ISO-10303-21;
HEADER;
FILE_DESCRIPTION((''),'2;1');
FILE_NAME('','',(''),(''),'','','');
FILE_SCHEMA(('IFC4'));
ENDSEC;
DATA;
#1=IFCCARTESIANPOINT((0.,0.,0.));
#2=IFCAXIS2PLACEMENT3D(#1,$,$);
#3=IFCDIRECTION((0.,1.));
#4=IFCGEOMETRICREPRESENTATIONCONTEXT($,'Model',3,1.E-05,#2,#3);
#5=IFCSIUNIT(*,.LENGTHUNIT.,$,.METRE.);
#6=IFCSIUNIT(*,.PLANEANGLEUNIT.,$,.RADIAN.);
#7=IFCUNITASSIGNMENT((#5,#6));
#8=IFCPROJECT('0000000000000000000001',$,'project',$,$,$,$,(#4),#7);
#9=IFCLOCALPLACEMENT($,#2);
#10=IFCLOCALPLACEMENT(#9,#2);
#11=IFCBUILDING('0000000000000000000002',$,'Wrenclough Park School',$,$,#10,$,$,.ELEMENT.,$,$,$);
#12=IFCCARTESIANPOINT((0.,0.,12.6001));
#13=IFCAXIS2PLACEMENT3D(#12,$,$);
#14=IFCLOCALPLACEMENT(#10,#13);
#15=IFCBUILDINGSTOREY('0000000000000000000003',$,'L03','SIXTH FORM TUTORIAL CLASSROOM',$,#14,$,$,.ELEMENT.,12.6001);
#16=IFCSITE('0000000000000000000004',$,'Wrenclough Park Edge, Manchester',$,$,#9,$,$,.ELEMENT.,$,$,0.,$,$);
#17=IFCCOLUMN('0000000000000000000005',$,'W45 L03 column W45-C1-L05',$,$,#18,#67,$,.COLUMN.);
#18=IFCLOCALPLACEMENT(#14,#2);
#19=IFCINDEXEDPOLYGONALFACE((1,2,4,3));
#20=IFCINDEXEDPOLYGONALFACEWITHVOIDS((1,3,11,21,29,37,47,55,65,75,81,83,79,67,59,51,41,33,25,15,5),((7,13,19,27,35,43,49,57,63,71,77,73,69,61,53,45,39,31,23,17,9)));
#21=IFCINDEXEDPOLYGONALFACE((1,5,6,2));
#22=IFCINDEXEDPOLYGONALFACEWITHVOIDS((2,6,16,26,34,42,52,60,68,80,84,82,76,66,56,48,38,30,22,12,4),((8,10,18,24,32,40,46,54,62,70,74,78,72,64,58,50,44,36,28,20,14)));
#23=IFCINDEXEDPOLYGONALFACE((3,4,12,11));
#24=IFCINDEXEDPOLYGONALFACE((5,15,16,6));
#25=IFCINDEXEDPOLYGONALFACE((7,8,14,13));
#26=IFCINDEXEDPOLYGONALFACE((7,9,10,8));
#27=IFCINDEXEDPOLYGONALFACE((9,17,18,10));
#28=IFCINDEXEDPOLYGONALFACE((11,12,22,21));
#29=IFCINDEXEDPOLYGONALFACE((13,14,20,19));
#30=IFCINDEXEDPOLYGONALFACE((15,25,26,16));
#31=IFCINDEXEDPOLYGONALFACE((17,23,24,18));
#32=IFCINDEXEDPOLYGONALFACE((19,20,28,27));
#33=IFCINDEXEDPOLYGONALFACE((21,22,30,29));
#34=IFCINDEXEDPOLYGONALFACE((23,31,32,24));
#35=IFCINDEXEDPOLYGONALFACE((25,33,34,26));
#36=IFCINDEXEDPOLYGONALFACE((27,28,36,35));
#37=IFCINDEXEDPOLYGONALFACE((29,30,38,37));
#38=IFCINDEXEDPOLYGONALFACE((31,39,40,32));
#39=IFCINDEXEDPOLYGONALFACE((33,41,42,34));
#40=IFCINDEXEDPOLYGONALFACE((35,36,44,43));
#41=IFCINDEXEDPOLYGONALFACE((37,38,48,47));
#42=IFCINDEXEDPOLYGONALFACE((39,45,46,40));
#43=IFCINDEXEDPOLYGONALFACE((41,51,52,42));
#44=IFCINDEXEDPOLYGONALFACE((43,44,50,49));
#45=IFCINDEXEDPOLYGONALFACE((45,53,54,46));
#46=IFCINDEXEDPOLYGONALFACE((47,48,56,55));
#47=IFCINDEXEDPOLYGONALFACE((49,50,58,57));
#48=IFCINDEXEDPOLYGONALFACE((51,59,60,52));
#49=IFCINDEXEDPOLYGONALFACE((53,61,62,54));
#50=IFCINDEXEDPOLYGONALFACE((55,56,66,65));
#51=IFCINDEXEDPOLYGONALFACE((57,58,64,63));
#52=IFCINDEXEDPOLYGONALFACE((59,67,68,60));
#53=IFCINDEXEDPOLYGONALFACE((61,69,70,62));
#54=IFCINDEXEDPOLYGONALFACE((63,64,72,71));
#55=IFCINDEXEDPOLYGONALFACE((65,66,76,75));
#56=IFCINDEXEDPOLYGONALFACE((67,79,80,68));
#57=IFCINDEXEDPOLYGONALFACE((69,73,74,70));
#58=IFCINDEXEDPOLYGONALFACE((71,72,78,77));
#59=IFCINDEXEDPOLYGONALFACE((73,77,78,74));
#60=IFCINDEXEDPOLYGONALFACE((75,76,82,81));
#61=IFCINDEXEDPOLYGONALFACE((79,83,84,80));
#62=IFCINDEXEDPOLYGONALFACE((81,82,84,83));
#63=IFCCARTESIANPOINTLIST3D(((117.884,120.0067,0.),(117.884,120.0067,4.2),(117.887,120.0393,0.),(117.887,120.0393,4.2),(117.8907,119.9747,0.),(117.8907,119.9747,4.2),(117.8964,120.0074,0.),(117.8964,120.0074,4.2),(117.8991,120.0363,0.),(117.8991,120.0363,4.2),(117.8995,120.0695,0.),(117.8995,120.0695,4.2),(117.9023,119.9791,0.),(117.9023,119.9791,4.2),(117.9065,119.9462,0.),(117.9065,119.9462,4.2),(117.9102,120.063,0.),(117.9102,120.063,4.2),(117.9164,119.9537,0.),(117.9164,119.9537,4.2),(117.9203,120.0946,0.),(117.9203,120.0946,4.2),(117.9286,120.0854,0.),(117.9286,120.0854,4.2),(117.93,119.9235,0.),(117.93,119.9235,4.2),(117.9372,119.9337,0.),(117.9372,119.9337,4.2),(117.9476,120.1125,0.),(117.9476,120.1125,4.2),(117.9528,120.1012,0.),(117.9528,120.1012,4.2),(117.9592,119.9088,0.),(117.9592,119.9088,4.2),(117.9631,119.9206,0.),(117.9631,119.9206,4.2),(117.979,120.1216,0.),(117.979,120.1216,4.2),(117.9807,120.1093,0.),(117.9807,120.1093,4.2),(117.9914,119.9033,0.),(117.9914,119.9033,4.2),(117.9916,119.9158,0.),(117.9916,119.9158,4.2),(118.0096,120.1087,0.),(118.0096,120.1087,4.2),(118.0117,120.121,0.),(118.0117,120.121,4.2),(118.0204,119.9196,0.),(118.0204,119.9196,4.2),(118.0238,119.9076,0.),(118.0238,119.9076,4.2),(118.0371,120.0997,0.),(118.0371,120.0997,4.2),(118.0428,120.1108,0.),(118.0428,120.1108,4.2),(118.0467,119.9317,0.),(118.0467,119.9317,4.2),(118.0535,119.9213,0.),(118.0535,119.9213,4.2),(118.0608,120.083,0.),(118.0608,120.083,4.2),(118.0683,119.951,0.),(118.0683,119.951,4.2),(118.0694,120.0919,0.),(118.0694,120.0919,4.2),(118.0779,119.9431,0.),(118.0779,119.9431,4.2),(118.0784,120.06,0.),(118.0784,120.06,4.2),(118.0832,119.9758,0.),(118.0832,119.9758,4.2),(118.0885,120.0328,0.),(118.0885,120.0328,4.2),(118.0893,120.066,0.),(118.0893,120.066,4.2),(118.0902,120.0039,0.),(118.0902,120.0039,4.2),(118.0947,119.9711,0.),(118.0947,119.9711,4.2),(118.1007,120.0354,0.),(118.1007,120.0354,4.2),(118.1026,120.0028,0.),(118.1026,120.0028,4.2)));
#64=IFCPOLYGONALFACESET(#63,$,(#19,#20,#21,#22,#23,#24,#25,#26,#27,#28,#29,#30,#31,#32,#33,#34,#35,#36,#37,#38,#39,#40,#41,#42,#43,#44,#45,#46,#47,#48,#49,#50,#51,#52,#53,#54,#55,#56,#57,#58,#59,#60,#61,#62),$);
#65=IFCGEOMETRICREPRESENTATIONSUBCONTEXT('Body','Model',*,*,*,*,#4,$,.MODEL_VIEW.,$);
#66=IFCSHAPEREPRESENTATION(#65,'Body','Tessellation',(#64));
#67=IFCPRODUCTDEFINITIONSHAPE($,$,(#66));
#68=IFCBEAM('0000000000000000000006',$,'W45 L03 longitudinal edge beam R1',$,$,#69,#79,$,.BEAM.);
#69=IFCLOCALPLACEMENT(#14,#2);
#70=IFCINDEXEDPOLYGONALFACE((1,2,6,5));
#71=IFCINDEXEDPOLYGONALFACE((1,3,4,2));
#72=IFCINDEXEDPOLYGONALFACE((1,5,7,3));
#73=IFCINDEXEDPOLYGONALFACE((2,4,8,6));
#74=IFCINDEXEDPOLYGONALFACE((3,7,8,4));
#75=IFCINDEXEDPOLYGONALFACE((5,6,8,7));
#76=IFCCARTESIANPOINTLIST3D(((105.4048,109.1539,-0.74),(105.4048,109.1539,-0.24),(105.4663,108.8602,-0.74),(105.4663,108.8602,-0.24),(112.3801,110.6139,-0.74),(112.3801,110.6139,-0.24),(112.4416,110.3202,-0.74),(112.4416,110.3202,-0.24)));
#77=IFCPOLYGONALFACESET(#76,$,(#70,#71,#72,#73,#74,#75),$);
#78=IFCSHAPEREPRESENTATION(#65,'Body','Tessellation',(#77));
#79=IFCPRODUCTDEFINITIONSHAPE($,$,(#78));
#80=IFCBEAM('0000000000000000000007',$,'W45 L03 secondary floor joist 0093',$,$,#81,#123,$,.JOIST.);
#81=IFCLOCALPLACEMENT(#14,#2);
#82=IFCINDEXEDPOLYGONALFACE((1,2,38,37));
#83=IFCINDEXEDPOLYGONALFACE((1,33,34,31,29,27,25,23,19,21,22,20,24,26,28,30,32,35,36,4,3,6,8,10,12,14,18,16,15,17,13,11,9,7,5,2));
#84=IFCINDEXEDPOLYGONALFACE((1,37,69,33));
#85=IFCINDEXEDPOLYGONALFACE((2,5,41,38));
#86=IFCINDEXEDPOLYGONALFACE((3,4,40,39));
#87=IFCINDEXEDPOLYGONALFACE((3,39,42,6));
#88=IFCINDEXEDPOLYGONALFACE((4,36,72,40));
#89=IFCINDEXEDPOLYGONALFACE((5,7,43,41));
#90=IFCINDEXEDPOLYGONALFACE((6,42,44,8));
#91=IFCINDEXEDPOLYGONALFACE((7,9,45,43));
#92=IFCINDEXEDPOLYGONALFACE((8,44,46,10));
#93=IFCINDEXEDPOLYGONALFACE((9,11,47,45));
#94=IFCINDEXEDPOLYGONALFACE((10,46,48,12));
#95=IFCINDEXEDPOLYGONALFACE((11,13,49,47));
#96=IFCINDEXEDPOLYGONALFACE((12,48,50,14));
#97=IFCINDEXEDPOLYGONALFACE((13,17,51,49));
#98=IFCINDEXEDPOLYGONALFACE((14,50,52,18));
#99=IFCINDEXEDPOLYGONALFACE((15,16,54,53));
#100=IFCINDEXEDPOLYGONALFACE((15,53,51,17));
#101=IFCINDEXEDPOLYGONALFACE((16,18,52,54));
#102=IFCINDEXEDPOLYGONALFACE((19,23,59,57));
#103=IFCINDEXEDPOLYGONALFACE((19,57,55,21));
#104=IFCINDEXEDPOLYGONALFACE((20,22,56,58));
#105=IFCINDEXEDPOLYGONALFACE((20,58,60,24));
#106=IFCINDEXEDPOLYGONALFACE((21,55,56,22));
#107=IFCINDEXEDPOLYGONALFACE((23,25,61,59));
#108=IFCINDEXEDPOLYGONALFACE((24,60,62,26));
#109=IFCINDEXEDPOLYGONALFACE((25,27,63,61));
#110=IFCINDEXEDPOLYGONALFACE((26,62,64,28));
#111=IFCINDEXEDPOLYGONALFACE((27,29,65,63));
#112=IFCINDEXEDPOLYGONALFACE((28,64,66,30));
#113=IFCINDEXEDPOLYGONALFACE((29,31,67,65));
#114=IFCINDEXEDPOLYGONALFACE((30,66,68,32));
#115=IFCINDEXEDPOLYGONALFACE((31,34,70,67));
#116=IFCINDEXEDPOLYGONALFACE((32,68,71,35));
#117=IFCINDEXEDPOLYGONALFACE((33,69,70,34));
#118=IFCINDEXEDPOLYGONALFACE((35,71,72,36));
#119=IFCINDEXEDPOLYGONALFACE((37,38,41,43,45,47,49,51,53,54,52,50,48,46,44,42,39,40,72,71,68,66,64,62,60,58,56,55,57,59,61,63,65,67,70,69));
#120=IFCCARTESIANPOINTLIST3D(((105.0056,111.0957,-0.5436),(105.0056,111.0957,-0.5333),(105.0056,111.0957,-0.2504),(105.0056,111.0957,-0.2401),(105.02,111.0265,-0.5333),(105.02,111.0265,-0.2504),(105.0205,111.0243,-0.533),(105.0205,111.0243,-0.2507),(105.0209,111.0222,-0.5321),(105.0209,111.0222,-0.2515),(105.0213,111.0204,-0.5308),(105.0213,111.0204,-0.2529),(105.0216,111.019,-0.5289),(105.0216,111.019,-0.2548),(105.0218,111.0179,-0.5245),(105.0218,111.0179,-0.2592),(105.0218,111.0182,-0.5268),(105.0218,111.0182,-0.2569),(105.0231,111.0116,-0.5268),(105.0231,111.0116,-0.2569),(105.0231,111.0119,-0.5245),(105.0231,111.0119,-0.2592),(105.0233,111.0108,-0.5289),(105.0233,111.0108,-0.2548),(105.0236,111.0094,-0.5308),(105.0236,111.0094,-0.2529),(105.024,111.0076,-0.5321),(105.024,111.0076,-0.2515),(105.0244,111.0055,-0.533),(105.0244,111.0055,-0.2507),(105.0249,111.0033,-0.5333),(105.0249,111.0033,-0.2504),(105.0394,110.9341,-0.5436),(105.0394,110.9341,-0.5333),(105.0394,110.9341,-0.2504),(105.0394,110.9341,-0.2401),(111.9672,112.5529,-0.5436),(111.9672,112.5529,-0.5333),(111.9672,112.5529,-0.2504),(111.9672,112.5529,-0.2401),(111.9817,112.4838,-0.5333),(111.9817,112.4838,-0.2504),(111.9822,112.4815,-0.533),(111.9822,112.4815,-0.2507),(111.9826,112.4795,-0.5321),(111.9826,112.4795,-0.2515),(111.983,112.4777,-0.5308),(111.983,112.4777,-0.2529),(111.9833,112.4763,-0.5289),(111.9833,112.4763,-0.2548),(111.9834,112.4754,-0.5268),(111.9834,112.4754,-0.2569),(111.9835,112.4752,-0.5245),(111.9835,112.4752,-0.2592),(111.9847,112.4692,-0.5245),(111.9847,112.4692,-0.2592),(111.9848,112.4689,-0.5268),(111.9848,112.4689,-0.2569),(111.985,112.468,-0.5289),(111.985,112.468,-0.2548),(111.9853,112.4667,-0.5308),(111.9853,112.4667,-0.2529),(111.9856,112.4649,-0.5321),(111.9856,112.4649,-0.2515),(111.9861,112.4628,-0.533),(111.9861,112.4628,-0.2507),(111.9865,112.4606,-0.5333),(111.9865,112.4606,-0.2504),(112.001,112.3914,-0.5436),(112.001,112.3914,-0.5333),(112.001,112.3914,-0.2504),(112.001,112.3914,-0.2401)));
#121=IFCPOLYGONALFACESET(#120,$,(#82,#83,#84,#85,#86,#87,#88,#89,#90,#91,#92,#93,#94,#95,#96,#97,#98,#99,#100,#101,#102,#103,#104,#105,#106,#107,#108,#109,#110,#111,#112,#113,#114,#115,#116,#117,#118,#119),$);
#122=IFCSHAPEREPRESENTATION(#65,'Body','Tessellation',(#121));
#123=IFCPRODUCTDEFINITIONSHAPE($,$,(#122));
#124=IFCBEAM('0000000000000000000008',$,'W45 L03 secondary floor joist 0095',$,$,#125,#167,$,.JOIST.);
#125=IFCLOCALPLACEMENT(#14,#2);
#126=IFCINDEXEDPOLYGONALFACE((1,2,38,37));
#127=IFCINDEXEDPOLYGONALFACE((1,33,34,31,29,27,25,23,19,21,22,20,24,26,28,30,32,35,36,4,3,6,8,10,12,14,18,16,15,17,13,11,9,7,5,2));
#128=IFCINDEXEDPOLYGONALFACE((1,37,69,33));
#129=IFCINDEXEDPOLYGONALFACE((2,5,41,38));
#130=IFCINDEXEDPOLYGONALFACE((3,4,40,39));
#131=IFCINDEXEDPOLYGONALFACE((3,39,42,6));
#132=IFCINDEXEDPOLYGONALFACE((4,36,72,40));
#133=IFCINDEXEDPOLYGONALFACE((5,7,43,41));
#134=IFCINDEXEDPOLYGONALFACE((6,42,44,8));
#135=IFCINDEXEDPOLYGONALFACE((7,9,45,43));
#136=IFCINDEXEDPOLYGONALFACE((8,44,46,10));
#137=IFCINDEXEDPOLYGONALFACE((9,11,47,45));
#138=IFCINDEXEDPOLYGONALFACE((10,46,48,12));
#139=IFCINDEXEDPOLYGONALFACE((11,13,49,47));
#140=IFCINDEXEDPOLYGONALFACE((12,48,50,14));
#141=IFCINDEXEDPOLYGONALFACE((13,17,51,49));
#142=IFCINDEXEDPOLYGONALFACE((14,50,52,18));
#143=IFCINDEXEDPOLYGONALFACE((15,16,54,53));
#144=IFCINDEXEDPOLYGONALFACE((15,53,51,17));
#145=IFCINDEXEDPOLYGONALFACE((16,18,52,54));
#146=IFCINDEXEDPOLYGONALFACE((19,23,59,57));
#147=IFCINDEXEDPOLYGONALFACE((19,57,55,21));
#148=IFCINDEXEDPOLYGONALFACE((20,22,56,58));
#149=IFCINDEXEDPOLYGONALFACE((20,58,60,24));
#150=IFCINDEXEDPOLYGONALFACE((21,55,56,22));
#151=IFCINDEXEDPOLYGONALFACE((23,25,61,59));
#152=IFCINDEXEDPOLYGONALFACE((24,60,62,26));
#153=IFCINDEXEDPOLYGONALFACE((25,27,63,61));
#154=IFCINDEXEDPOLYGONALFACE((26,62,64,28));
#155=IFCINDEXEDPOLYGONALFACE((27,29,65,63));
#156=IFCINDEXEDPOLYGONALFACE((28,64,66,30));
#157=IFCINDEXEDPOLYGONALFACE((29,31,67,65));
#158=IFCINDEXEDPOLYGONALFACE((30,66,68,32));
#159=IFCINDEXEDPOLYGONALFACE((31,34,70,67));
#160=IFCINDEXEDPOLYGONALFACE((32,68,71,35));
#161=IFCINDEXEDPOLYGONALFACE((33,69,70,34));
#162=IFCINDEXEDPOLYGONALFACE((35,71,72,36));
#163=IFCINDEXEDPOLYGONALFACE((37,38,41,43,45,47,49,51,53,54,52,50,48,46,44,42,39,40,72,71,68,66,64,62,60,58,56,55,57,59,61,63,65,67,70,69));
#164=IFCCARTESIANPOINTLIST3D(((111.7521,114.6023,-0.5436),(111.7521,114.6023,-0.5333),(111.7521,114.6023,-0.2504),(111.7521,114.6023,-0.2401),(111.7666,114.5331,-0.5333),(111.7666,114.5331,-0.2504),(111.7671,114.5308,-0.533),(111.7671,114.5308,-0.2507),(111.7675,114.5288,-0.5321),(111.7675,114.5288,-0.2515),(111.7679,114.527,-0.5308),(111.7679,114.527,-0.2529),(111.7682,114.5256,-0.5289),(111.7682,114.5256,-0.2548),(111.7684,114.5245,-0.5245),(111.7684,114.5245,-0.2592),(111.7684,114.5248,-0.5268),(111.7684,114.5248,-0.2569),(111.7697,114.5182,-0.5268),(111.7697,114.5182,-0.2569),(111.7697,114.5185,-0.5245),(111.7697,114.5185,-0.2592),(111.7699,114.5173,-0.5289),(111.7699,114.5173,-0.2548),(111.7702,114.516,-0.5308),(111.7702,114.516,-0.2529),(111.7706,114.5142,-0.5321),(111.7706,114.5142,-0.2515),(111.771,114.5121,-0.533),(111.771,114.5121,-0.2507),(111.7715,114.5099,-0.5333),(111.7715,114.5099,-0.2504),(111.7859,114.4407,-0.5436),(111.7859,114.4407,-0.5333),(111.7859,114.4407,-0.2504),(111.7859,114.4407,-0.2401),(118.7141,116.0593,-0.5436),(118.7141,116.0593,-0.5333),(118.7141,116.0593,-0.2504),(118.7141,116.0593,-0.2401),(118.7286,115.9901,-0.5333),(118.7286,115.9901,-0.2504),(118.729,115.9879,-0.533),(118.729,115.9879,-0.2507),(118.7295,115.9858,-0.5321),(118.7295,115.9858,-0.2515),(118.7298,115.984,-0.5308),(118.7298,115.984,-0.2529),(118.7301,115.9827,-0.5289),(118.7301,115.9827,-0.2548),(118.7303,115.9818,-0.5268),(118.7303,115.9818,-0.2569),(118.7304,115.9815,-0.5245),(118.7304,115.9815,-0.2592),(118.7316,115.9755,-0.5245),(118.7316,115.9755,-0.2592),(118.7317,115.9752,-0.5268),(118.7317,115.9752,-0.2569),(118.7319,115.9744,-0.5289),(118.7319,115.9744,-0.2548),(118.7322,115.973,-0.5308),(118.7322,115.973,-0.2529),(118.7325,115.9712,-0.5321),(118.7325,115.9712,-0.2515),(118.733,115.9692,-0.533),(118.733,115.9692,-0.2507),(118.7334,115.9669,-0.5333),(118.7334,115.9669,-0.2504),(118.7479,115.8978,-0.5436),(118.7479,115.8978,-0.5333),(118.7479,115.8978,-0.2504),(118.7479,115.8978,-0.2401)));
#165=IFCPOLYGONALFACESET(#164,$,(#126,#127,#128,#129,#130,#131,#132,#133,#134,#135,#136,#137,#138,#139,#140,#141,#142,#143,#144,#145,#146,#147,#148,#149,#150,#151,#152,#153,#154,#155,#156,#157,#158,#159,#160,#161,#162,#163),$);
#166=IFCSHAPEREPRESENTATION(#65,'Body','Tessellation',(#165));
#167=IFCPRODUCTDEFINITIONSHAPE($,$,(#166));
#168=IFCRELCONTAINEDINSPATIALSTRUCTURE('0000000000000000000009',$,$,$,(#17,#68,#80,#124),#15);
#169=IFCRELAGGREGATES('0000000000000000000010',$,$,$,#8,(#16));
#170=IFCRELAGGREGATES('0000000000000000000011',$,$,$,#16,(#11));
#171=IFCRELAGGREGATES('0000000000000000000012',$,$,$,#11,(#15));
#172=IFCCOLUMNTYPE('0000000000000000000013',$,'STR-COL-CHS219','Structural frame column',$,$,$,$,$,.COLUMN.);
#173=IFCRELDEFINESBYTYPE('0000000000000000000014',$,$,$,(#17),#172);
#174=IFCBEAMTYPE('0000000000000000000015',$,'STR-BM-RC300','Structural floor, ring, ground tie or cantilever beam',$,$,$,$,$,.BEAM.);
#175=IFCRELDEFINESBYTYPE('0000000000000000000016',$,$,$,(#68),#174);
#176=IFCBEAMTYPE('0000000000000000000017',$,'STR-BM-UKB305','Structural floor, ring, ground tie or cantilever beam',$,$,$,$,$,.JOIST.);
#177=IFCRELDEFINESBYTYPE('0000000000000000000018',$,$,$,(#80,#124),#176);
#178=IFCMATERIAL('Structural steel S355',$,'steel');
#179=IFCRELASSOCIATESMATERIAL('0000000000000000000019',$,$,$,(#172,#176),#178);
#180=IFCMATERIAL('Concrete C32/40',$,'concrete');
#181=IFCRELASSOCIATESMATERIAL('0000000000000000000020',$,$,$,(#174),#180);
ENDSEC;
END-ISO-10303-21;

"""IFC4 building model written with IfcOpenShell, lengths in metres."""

from ifc_helpers import new_model, si_unit, direction, frame, origin, origin_2d, place, context, subcontext, project, spatial, rectangle, hollow_circle, i_section, extrude, material, material_profile, profile_set, type_object, element, save


model = new_model("IFC4")

# Units and contexts
model_context = context("Model", 3, precision=1e-05, world=origin(), true_north=direction((0.0, 1.0)))
body_context = subcontext(model_context, "Body", "Model", "MODEL_VIEW")
ifc_project = project(units=[si_unit("LENGTHUNIT", "METRE"), si_unit("PLANEANGLEUNIT", "RADIAN")], contexts=[model_context])

# Site, building, storey
site_placement = place(None, origin())
site = spatial("IfcSite", under=ifc_project, at=site_placement, Name="Wrenclough Park Edge, Manchester", CompositionType="ELEMENT", RefElevation=0.0)
building_placement = place(site_placement, origin())
building = spatial("IfcBuilding", under=site, at=building_placement, Name="Wrenclough Park School", CompositionType="ELEMENT")
storey_placement = place(building_placement, frame((0.0, 0.0, 12.6001)))
storey = spatial("IfcBuildingStorey", under=building, at=storey_placement, Name="L03", Description="SIXTH FORM TUTORIAL CLASSROOM", CompositionType="ELEMENT", Elevation=12.6001)

# Column
ifc_material_1 = material(Name="Structural steel S355", Category="steel")
ifc_material_profile_1 = material_profile(ifc_material_1, hollow_circle(Radius=0.1096, WallThickness=0.0125, at=origin_2d()), Name="CHS 219.1x12.5")
ifc_profile_set_1 = profile_set([ifc_material_profile_1], Name="Structural steel S355")
column_type = type_object("IfcColumnType", Name="STR-COL-CHS219", Description="Structural frame column", PredefinedType="COLUMN", material=ifc_profile_set_1)
for number, where, z_axis, x_axis, name in (
    (1, (117.9934, 120.0129, 0.0), (0.0, 0.0, 1.0), (0.978796, 0.204838, 0.0), "W45 L03 column W45-C1-L05"),
):
    element("IfcColumn", number, at=place(storey_placement, frame(where, z_axis=z_axis, x_axis=x_axis)), inside=storey, type_object=column_type, Name=name, PredefinedType="COLUMN", context=body_context, shape_type="SweptSolid", body=[
        extrude(hollow_circle(Radius=0.1096, WallThickness=0.0125, at=origin_2d()), origin(), (0.0, 0.0, 1.0), 4.2),
    ])

# Beams
ifc_material_2 = material(Name="Concrete C32/40", Category="concrete")
ifc_material_profile_2 = material_profile(ifc_material_2, rectangle(XDim=0.3, YDim=0.5, at=origin_2d()), Name="RC BEAM 300x500")
ifc_profile_set_2 = profile_set([ifc_material_profile_2], Name="Concrete C32/40")
beam_type_1 = type_object("IfcBeamType", Name="STR-BM-RC300", Description="Structural floor, ring, ground tie or cantilever beam", PredefinedType="BEAM", material=ifc_profile_set_2)
beam_1_placement = place(storey_placement, frame((105.4355, 109.0071, -0.49), z_axis=(0.97879, 0.204864, 0.0), x_axis=(-0.204864, 0.97879, 0.0)))
element("IfcBeam", 2, at=beam_1_placement, inside=storey, type_object=beam_type_1, Name="W45 L03 longitudinal edge beam R1", PredefinedType="BEAM", context=body_context, shape_type="SweptSolid", body=[
    extrude(rectangle(XDim=0.3, YDim=0.5, at=origin_2d()), origin(), (0.0, 0.0, 1.0), 7.1265),
])
ifc_material_profile_3 = material_profile(ifc_material_1, i_section(OverallWidth=0.165, OverallDepth=0.3035, WebThickness=0.0061, FlangeThickness=0.0103, FilletRadius=0.0088, at=origin_2d()), Name="UKB 305x165x40")
ifc_profile_set_3 = profile_set([ifc_material_profile_3], Name="Structural steel S355")
beam_type_2 = type_object("IfcBeamType", Name="STR-BM-UKB305", Description="Structural floor, ring, ground tie or cantilever beam", PredefinedType="JOIST", material=ifc_profile_set_3)
beam_2_placement = place(storey_placement, frame((105.0225, 111.0149, -0.3918), z_axis=(0.978786, 0.204888, 0.0), x_axis=(-0.204888, 0.978786, 0.0)))
element("IfcBeam", 3, at=beam_2_placement, inside=storey, type_object=beam_type_2, Name="W45 L03 secondary floor joist 0093", PredefinedType="JOIST", context=body_context, shape_type="SweptSolid", body=[
    extrude(i_section(OverallWidth=0.165, OverallDepth=0.3035, WebThickness=0.0061, FlangeThickness=0.0103, FilletRadius=0.0088, at=origin_2d()), origin(), (0.0, 0.0, 1.0), 7.1125),
])
beam_3_placement = place(storey_placement, frame((111.769, 114.5215, -0.3918), z_axis=(0.978794, 0.204848, 0.0), x_axis=(-0.204848, 0.978794, 0.0)))
element("IfcBeam", 4, at=beam_3_placement, inside=storey, type_object=beam_type_2, Name="W45 L03 secondary floor joist 0095", PredefinedType="JOIST", context=body_context, shape_type="SweptSolid", body=[
    extrude(i_section(OverallWidth=0.165, OverallDepth=0.3035, WebThickness=0.0061, FlangeThickness=0.0103, FilletRadius=0.0088, at=origin_2d()), origin(), (0.0, 0.0, 1.0), 7.1128),
])

save(model, "model.ifc")
